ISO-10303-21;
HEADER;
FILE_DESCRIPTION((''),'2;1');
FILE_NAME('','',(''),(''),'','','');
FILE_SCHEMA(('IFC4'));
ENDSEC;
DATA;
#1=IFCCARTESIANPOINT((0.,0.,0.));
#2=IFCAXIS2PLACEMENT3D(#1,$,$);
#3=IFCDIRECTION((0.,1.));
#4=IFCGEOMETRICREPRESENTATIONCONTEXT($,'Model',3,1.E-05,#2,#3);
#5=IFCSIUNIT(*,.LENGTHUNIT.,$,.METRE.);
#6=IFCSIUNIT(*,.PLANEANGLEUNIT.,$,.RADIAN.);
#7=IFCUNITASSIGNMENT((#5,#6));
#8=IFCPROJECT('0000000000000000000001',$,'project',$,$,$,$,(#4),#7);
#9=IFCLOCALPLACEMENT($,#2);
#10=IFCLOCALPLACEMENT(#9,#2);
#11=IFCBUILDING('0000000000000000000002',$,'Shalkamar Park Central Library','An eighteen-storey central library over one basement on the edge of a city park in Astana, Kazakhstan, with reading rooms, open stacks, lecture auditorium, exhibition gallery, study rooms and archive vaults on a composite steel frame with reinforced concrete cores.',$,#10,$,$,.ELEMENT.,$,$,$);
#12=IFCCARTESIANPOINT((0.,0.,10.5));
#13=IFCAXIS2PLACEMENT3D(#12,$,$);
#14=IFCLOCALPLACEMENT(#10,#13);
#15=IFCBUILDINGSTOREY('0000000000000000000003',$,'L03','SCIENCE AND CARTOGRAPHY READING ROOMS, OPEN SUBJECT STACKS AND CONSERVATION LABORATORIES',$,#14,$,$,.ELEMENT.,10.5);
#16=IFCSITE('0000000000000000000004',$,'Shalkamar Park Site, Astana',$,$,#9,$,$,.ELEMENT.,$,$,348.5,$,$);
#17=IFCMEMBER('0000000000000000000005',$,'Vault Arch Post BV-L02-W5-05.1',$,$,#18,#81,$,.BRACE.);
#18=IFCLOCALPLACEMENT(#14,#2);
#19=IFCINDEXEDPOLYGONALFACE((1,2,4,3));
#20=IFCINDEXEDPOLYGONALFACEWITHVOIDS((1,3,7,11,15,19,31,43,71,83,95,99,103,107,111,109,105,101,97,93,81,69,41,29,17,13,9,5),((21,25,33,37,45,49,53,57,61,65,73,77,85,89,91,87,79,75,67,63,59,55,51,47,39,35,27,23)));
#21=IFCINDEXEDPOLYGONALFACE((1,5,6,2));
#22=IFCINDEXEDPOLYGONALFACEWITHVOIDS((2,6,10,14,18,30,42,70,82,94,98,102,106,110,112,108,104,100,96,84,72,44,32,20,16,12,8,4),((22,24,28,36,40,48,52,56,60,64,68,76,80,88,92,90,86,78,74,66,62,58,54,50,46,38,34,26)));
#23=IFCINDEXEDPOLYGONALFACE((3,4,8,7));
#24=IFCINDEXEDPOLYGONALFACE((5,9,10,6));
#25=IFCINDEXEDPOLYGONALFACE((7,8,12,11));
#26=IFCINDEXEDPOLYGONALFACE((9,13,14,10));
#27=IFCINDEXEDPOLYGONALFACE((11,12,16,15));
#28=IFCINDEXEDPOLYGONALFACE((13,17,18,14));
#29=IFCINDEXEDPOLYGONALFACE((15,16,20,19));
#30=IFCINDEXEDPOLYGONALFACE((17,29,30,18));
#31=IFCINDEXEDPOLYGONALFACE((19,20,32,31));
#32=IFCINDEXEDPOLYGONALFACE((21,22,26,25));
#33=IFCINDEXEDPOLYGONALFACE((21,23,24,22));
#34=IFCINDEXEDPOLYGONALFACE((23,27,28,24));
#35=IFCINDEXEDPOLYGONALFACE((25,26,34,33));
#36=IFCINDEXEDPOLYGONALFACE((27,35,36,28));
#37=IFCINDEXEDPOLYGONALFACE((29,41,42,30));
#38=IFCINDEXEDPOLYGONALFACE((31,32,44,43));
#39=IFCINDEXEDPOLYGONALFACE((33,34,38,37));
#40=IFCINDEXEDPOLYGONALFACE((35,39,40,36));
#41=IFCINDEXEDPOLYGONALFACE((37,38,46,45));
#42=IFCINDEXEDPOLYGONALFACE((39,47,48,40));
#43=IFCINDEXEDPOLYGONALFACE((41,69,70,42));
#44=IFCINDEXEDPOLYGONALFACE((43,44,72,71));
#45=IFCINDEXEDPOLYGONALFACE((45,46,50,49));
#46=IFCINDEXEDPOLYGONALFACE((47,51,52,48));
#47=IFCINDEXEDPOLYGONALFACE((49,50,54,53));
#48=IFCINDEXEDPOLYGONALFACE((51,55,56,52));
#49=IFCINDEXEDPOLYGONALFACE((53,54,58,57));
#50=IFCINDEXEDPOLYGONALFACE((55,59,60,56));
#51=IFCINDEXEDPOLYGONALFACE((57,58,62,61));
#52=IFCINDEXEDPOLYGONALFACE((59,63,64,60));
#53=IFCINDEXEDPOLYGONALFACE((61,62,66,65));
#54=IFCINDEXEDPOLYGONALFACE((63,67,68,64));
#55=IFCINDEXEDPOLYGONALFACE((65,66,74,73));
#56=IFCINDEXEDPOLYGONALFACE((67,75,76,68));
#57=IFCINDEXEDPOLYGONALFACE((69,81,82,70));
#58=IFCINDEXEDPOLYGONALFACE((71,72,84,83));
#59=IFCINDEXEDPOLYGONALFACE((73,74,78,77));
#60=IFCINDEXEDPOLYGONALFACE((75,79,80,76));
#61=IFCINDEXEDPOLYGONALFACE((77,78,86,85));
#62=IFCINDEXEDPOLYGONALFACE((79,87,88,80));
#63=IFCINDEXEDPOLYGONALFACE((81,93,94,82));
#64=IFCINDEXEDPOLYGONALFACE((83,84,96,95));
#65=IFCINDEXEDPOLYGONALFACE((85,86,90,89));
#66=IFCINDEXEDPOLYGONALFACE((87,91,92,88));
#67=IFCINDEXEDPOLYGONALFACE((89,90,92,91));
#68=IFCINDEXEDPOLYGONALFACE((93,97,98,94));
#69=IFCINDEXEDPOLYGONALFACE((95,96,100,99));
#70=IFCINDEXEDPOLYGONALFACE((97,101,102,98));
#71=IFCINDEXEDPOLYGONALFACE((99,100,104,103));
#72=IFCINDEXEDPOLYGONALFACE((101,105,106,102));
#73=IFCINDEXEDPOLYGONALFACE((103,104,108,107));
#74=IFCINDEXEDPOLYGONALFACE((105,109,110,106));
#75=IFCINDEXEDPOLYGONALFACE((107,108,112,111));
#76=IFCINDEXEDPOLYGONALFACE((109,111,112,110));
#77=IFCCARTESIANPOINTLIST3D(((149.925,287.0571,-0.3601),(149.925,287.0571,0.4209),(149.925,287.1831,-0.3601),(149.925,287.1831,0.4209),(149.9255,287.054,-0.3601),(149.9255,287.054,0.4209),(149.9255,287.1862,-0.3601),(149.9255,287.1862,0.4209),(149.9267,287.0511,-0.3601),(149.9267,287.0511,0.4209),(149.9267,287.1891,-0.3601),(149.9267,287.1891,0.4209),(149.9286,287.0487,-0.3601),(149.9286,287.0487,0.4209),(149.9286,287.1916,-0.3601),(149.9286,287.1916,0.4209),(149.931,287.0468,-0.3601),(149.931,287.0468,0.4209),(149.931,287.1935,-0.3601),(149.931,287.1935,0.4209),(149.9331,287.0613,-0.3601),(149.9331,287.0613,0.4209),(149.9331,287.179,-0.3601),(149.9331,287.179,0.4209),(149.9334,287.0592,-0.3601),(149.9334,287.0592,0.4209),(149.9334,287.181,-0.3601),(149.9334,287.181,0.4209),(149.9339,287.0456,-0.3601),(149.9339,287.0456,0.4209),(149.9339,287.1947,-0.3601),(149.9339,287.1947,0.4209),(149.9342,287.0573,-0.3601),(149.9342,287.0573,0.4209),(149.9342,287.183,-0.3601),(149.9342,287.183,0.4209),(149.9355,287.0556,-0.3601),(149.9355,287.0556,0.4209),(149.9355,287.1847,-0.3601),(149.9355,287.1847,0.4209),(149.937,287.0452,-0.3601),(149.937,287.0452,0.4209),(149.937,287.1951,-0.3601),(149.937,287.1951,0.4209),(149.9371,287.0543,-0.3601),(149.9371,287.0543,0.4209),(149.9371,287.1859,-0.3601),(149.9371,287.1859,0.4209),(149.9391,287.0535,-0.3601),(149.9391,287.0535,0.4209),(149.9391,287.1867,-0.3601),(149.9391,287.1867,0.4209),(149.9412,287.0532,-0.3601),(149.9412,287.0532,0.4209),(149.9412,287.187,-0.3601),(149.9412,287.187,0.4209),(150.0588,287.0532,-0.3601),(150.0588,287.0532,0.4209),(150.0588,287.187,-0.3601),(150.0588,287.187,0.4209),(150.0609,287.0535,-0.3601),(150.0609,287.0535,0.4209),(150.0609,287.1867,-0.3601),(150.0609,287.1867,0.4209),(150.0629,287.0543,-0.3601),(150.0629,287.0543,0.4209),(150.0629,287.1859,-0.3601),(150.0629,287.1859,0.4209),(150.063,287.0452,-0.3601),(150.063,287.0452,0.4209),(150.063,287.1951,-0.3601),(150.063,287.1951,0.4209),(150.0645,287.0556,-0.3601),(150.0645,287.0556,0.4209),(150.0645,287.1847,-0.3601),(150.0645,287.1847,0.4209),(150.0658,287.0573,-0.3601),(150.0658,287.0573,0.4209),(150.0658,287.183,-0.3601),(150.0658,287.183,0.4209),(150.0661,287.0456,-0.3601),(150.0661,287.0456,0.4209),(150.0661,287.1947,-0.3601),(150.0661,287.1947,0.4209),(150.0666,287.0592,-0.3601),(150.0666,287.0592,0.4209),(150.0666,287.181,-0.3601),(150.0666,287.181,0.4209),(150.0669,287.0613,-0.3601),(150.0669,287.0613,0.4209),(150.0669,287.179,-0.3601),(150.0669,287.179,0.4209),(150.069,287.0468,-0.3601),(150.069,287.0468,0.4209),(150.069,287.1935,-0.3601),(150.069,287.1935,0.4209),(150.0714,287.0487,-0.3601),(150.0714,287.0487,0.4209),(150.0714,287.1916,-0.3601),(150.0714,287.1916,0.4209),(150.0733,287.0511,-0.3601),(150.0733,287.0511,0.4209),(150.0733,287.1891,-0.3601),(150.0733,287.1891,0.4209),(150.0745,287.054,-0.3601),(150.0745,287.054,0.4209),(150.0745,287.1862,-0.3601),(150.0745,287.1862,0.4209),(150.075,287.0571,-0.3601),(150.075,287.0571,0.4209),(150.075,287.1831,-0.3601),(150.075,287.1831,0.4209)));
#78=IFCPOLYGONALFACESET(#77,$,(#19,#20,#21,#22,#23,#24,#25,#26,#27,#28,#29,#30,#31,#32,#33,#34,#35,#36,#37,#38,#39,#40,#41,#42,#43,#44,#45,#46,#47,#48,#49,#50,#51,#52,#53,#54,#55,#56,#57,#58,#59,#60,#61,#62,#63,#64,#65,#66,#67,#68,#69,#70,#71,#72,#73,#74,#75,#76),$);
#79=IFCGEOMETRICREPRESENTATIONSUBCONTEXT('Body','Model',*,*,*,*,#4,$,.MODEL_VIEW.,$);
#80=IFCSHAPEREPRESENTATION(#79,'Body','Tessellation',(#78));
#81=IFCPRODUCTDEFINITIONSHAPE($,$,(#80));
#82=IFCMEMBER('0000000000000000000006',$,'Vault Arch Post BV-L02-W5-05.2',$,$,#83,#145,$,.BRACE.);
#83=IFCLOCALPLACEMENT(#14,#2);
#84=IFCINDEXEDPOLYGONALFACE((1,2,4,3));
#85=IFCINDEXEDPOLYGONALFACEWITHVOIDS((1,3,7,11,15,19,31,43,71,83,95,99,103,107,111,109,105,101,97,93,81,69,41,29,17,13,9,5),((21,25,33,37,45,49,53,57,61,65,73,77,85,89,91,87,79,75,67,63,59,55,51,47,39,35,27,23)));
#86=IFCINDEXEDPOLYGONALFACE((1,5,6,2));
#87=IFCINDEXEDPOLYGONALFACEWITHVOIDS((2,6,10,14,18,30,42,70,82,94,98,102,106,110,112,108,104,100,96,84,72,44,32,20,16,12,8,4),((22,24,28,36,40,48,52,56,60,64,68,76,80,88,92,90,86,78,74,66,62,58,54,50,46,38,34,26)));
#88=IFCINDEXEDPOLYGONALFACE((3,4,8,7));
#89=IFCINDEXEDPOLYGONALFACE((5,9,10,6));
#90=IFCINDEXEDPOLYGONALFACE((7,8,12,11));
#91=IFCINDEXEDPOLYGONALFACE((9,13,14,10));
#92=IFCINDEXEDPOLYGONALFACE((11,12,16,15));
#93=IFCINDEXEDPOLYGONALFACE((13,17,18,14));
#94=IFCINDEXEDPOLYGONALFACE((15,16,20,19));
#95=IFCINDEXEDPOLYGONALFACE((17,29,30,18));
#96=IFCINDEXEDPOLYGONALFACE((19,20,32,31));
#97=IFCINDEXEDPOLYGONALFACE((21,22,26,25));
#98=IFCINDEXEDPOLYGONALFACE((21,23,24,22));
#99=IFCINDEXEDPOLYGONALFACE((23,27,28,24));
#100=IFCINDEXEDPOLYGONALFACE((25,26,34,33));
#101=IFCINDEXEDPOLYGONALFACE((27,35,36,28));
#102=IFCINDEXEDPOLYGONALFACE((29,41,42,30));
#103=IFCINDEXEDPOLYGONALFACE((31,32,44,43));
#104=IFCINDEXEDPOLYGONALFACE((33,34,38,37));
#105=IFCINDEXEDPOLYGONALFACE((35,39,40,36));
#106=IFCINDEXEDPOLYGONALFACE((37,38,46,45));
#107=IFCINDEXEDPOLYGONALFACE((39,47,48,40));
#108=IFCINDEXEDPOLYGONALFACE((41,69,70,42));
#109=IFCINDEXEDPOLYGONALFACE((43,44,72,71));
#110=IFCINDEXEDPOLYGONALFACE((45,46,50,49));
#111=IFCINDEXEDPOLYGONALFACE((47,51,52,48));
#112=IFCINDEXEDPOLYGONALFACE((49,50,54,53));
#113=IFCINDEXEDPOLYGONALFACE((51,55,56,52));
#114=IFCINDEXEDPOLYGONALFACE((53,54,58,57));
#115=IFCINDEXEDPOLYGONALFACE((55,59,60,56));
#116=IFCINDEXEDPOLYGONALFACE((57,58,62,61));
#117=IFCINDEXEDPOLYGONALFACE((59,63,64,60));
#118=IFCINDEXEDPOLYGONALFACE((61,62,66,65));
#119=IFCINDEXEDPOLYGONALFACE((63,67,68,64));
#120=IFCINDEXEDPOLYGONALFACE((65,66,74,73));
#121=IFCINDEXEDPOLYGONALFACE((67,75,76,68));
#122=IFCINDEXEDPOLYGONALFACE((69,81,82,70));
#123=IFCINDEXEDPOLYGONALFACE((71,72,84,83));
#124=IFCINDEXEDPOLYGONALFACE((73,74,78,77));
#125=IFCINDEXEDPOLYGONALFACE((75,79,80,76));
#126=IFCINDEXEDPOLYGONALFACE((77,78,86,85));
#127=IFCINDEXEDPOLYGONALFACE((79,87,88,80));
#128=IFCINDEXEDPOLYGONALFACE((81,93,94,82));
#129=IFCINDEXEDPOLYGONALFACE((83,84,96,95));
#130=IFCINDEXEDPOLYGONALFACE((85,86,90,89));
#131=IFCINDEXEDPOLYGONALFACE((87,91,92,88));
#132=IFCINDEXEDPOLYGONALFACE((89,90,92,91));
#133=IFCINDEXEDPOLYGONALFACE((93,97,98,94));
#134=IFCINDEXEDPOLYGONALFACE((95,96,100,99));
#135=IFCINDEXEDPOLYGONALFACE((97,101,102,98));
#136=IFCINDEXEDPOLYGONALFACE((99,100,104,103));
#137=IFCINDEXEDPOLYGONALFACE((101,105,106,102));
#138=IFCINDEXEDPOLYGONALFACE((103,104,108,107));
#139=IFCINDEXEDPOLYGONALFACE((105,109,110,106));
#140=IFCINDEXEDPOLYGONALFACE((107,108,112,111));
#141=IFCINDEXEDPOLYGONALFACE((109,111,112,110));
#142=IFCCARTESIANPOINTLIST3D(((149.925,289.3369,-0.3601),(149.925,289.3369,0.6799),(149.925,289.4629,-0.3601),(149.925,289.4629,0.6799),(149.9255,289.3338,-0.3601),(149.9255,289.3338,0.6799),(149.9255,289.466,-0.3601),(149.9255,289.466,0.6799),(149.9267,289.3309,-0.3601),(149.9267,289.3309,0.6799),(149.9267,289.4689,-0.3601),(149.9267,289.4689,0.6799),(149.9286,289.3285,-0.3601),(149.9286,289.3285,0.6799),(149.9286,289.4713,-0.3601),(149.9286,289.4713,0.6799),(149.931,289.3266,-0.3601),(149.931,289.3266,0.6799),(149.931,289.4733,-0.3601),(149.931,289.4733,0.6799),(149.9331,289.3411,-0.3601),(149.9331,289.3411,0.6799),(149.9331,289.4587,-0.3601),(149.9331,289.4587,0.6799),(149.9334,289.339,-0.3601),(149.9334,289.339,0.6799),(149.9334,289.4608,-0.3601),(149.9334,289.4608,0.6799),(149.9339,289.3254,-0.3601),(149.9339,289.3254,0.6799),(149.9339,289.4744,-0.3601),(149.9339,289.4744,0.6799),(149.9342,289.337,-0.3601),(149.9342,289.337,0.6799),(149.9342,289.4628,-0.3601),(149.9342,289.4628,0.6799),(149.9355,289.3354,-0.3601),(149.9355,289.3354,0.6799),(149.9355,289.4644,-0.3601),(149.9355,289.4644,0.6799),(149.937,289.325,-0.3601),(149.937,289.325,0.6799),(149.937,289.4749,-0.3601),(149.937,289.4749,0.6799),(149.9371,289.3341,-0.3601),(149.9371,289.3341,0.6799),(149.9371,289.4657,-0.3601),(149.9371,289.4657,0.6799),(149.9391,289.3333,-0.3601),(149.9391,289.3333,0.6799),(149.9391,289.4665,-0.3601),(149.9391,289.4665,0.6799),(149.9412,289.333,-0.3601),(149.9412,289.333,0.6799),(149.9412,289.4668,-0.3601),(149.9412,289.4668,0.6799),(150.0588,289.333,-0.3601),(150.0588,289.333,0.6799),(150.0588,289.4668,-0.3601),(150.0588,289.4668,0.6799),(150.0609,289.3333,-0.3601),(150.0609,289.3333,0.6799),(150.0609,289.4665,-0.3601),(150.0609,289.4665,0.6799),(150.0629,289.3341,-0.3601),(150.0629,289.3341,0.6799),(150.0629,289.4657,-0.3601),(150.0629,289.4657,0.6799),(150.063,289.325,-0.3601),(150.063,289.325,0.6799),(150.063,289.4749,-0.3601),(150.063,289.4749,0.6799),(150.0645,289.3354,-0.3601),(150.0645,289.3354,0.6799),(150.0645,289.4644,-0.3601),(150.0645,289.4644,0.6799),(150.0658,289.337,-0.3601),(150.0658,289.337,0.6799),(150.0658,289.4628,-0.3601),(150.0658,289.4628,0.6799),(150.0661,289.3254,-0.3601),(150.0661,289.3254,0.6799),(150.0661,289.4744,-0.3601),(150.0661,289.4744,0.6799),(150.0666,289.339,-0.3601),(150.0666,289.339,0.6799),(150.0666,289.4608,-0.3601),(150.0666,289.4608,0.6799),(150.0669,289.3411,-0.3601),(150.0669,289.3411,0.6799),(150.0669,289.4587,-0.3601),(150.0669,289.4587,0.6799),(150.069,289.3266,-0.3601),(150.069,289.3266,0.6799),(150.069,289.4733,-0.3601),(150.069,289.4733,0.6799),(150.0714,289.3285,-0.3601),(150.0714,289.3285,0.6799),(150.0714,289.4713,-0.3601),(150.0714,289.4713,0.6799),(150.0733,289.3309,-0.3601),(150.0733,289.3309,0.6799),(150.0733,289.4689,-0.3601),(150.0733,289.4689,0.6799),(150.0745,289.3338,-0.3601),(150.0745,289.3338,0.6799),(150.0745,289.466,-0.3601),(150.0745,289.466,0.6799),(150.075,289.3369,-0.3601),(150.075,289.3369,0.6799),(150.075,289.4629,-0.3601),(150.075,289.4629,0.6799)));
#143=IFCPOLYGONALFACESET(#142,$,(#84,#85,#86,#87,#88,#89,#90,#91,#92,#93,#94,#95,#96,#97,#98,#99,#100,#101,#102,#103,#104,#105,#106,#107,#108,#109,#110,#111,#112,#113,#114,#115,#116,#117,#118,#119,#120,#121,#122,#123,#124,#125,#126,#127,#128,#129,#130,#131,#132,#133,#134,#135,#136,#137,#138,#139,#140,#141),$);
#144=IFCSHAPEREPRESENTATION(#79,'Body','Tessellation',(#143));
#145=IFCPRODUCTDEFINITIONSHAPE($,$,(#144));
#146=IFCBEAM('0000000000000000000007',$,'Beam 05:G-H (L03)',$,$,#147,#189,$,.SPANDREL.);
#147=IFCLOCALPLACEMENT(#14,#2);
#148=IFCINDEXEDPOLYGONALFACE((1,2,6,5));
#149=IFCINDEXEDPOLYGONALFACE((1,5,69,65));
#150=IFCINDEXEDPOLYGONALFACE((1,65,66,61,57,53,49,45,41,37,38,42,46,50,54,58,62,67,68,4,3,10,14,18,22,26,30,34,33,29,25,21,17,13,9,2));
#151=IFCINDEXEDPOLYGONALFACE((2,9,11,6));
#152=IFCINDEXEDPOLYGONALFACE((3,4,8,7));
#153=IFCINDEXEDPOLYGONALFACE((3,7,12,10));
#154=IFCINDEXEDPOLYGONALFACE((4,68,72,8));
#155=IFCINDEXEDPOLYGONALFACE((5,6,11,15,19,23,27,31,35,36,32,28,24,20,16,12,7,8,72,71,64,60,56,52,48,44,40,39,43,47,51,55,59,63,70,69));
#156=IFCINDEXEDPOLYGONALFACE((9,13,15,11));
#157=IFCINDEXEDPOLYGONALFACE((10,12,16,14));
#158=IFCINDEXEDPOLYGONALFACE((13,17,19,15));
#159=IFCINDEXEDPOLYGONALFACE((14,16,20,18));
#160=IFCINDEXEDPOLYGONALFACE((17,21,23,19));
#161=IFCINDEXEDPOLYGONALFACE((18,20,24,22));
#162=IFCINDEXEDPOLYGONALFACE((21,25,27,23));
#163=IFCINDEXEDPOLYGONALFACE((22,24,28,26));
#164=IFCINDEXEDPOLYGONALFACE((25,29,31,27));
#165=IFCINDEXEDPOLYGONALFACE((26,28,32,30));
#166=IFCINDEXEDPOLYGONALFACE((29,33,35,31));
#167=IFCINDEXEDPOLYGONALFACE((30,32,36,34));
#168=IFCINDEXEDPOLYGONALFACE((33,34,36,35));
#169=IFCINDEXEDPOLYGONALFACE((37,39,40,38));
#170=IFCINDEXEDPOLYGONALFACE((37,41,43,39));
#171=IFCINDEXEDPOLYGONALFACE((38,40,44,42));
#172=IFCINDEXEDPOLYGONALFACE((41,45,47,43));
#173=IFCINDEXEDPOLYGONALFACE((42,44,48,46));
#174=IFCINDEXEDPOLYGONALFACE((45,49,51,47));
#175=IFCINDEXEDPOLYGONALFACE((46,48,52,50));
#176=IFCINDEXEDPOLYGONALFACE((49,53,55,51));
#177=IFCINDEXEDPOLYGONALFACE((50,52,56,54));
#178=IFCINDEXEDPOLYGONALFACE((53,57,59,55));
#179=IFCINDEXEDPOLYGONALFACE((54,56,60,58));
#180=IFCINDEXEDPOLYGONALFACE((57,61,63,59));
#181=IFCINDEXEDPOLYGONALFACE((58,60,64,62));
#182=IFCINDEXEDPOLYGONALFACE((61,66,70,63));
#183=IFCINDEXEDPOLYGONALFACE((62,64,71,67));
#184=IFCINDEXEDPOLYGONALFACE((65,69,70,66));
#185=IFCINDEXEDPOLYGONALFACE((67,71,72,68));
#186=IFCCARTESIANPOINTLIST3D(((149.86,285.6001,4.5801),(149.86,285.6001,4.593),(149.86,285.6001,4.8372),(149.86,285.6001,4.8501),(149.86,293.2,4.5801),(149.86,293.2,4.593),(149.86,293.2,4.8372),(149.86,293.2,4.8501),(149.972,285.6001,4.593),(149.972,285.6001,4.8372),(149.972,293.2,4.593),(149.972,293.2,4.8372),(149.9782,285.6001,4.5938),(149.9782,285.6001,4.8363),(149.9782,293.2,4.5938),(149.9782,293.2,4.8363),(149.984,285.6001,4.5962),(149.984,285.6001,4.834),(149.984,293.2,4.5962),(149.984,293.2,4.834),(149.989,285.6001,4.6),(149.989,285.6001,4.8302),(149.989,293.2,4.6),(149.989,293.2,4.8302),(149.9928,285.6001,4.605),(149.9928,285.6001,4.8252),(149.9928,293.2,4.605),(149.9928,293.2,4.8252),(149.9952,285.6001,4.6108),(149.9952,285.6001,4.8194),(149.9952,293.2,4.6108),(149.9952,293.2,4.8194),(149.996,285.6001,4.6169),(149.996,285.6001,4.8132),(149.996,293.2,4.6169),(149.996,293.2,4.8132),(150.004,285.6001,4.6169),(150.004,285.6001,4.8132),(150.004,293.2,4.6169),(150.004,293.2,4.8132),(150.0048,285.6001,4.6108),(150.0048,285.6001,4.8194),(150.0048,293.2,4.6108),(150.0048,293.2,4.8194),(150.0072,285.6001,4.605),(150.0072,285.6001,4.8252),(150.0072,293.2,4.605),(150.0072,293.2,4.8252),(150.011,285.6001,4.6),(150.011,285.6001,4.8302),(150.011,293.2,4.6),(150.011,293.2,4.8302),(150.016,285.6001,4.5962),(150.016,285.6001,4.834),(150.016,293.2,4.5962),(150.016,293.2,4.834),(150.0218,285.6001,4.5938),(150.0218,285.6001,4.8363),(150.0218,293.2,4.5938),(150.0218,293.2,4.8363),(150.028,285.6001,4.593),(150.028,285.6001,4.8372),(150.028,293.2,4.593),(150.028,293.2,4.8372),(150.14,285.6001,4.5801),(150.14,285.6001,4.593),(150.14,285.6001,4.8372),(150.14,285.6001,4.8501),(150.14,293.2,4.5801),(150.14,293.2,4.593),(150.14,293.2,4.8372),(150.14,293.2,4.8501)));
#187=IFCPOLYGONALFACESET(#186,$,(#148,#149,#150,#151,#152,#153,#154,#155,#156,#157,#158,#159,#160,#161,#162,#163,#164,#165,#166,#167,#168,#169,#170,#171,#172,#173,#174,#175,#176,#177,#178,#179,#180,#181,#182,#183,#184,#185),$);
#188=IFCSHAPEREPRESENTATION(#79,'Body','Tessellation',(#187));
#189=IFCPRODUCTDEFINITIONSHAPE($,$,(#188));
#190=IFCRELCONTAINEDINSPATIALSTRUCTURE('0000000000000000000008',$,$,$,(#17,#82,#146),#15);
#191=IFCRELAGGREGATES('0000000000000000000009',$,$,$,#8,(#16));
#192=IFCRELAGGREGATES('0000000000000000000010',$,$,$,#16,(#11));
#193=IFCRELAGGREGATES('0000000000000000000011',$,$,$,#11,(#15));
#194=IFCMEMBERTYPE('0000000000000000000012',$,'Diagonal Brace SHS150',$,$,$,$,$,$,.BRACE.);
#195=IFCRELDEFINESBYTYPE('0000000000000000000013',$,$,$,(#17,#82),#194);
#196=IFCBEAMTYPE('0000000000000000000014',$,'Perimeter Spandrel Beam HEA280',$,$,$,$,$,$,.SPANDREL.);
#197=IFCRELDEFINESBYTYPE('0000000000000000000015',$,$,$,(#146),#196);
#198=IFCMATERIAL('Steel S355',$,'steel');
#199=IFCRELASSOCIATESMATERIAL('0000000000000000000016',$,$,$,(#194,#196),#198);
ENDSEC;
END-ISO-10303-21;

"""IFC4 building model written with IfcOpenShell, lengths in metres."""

from ifc_helpers import new_model, si_unit, direction, frame, origin, origin_2d, place, context, subcontext, project, spatial, hollow_rectangle, i_section, extrude, material, material_profile, profile_set, type_object, element, save


model = new_model("IFC4")

# Units and contexts
model_context = context("Model", 3, precision=1e-05, world=origin(), true_north=direction((0.0, 1.0)))
body_context = subcontext(model_context, "Body", "Model", "MODEL_VIEW")
ifc_project = project(units=[si_unit("LENGTHUNIT", "METRE"), si_unit("PLANEANGLEUNIT", "RADIAN")], contexts=[model_context])

# Site, building, storey
site_placement = place(None, origin())
site = spatial("IfcSite", under=ifc_project, at=site_placement, Name="Shalkamar Park Site, Astana", CompositionType="ELEMENT", RefElevation=348.5)
building_placement = place(site_placement, origin())
building = spatial("IfcBuilding", under=site, at=building_placement, Name="Shalkamar Park Central Library", Description="An eighteen-storey central library over one basement on the edge of a city park in Astana, Kazakhstan, with reading rooms, open stacks, lecture auditorium, exhibition gallery, study rooms and archive vaults on a composite steel frame with reinforced concrete cores.", CompositionType="ELEMENT")
storey_placement = place(building_placement, frame((0.0, 0.0, 10.5)))
storey = spatial("IfcBuildingStorey", under=building, at=storey_placement, Name="L03", Description="SCIENCE AND CARTOGRAPHY READING ROOMS, OPEN SUBJECT STACKS AND CONSERVATION LABORATORIES", CompositionType="ELEMENT", Elevation=10.5)

# Shared definitions
ifc_material_1 = material(Name="Steel S355", Category="steel")

# Members
ifc_material_profile_1 = material_profile(ifc_material_1, hollow_rectangle(XDim=0.1499, YDim=0.1499, WallThickness=0.0081, InnerFilletRadius=0.0081, OuterFilletRadius=0.012, at=origin_2d()), Name="SHS 150x150x8")
ifc_profile_set_1 = profile_set([ifc_material_profile_1], Name="Steel S355")
member_type_1 = type_object("IfcMemberType", Name="Diagonal Brace SHS150", PredefinedType="BRACE", material=ifc_profile_set_1)
for number, where, z_axis, x_axis, name in (
    (1, (150.0, 287.1201, -0.3601), (0.0, 0.0, 1.0), (1.0, 0.0, 0.0), "Vault Arch Post BV-L02-W5-05.1"),
):
    element("IfcMember", number, at=place(storey_placement, frame(where, z_axis=z_axis, x_axis=x_axis)), inside=storey, type_object=member_type_1, Name=name, PredefinedType="BRACE", context=body_context, shape_type="SweptSolid", body=[
        extrude(hollow_rectangle(XDim=0.1499, YDim=0.1499, WallThickness=0.0081, InnerFilletRadius=0.0081, OuterFilletRadius=0.012, at=origin_2d()), origin(), (0.0, 0.0, 1.0), 0.781),
    ])
member_1_placement = place(storey_placement, frame((150.0, 289.3999, -0.3601), z_axis=(0.0, 0.0, 1.0), x_axis=(1.0, 0.0, 0.0)))
element("IfcMember", 2, at=member_1_placement, inside=storey, type_object=member_type_1, Name="Vault Arch Post BV-L02-W5-05.2", PredefinedType="BRACE", context=body_context, shape_type="SweptSolid", body=[
    extrude(hollow_rectangle(XDim=0.1499, YDim=0.1499, WallThickness=0.0081, InnerFilletRadius=0.0081, OuterFilletRadius=0.012, at=origin_2d()), origin(), (0.0, 0.0, 1.0), 1.04),
])

# Beam
ifc_material_profile_2 = material_profile(ifc_material_1, i_section(OverallWidth=0.28, OverallDepth=0.27, WebThickness=0.0081, FlangeThickness=0.0129, FilletRadius=0.0239, at=origin_2d()), Name="HEA 280")
ifc_profile_set_2 = profile_set([ifc_material_profile_2], Name="Steel S355")
beam_type_1 = type_object("IfcBeamType", Name="Perimeter Spandrel Beam HEA280", PredefinedType="SPANDREL", material=ifc_profile_set_2)
beam_1_placement = place(storey_placement, frame((150.0, 285.6001, 4.7151), z_axis=(0.0, 1.0, 0.0), x_axis=(-1.0, 0.0, 0.0)))
element("IfcBeam", 3, at=beam_1_placement, inside=storey, type_object=beam_type_1, Name="Beam 05:G-H (L03)", PredefinedType="SPANDREL", context=body_context, shape_type="SweptSolid", body=[
    extrude(i_section(OverallWidth=0.28, OverallDepth=0.27, WebThickness=0.0081, FlangeThickness=0.0129, FilletRadius=0.0239, at=origin_2d()), origin(), (0.0, 0.0, 1.0), 7.5999),
])

save(model, "model.ifc")
